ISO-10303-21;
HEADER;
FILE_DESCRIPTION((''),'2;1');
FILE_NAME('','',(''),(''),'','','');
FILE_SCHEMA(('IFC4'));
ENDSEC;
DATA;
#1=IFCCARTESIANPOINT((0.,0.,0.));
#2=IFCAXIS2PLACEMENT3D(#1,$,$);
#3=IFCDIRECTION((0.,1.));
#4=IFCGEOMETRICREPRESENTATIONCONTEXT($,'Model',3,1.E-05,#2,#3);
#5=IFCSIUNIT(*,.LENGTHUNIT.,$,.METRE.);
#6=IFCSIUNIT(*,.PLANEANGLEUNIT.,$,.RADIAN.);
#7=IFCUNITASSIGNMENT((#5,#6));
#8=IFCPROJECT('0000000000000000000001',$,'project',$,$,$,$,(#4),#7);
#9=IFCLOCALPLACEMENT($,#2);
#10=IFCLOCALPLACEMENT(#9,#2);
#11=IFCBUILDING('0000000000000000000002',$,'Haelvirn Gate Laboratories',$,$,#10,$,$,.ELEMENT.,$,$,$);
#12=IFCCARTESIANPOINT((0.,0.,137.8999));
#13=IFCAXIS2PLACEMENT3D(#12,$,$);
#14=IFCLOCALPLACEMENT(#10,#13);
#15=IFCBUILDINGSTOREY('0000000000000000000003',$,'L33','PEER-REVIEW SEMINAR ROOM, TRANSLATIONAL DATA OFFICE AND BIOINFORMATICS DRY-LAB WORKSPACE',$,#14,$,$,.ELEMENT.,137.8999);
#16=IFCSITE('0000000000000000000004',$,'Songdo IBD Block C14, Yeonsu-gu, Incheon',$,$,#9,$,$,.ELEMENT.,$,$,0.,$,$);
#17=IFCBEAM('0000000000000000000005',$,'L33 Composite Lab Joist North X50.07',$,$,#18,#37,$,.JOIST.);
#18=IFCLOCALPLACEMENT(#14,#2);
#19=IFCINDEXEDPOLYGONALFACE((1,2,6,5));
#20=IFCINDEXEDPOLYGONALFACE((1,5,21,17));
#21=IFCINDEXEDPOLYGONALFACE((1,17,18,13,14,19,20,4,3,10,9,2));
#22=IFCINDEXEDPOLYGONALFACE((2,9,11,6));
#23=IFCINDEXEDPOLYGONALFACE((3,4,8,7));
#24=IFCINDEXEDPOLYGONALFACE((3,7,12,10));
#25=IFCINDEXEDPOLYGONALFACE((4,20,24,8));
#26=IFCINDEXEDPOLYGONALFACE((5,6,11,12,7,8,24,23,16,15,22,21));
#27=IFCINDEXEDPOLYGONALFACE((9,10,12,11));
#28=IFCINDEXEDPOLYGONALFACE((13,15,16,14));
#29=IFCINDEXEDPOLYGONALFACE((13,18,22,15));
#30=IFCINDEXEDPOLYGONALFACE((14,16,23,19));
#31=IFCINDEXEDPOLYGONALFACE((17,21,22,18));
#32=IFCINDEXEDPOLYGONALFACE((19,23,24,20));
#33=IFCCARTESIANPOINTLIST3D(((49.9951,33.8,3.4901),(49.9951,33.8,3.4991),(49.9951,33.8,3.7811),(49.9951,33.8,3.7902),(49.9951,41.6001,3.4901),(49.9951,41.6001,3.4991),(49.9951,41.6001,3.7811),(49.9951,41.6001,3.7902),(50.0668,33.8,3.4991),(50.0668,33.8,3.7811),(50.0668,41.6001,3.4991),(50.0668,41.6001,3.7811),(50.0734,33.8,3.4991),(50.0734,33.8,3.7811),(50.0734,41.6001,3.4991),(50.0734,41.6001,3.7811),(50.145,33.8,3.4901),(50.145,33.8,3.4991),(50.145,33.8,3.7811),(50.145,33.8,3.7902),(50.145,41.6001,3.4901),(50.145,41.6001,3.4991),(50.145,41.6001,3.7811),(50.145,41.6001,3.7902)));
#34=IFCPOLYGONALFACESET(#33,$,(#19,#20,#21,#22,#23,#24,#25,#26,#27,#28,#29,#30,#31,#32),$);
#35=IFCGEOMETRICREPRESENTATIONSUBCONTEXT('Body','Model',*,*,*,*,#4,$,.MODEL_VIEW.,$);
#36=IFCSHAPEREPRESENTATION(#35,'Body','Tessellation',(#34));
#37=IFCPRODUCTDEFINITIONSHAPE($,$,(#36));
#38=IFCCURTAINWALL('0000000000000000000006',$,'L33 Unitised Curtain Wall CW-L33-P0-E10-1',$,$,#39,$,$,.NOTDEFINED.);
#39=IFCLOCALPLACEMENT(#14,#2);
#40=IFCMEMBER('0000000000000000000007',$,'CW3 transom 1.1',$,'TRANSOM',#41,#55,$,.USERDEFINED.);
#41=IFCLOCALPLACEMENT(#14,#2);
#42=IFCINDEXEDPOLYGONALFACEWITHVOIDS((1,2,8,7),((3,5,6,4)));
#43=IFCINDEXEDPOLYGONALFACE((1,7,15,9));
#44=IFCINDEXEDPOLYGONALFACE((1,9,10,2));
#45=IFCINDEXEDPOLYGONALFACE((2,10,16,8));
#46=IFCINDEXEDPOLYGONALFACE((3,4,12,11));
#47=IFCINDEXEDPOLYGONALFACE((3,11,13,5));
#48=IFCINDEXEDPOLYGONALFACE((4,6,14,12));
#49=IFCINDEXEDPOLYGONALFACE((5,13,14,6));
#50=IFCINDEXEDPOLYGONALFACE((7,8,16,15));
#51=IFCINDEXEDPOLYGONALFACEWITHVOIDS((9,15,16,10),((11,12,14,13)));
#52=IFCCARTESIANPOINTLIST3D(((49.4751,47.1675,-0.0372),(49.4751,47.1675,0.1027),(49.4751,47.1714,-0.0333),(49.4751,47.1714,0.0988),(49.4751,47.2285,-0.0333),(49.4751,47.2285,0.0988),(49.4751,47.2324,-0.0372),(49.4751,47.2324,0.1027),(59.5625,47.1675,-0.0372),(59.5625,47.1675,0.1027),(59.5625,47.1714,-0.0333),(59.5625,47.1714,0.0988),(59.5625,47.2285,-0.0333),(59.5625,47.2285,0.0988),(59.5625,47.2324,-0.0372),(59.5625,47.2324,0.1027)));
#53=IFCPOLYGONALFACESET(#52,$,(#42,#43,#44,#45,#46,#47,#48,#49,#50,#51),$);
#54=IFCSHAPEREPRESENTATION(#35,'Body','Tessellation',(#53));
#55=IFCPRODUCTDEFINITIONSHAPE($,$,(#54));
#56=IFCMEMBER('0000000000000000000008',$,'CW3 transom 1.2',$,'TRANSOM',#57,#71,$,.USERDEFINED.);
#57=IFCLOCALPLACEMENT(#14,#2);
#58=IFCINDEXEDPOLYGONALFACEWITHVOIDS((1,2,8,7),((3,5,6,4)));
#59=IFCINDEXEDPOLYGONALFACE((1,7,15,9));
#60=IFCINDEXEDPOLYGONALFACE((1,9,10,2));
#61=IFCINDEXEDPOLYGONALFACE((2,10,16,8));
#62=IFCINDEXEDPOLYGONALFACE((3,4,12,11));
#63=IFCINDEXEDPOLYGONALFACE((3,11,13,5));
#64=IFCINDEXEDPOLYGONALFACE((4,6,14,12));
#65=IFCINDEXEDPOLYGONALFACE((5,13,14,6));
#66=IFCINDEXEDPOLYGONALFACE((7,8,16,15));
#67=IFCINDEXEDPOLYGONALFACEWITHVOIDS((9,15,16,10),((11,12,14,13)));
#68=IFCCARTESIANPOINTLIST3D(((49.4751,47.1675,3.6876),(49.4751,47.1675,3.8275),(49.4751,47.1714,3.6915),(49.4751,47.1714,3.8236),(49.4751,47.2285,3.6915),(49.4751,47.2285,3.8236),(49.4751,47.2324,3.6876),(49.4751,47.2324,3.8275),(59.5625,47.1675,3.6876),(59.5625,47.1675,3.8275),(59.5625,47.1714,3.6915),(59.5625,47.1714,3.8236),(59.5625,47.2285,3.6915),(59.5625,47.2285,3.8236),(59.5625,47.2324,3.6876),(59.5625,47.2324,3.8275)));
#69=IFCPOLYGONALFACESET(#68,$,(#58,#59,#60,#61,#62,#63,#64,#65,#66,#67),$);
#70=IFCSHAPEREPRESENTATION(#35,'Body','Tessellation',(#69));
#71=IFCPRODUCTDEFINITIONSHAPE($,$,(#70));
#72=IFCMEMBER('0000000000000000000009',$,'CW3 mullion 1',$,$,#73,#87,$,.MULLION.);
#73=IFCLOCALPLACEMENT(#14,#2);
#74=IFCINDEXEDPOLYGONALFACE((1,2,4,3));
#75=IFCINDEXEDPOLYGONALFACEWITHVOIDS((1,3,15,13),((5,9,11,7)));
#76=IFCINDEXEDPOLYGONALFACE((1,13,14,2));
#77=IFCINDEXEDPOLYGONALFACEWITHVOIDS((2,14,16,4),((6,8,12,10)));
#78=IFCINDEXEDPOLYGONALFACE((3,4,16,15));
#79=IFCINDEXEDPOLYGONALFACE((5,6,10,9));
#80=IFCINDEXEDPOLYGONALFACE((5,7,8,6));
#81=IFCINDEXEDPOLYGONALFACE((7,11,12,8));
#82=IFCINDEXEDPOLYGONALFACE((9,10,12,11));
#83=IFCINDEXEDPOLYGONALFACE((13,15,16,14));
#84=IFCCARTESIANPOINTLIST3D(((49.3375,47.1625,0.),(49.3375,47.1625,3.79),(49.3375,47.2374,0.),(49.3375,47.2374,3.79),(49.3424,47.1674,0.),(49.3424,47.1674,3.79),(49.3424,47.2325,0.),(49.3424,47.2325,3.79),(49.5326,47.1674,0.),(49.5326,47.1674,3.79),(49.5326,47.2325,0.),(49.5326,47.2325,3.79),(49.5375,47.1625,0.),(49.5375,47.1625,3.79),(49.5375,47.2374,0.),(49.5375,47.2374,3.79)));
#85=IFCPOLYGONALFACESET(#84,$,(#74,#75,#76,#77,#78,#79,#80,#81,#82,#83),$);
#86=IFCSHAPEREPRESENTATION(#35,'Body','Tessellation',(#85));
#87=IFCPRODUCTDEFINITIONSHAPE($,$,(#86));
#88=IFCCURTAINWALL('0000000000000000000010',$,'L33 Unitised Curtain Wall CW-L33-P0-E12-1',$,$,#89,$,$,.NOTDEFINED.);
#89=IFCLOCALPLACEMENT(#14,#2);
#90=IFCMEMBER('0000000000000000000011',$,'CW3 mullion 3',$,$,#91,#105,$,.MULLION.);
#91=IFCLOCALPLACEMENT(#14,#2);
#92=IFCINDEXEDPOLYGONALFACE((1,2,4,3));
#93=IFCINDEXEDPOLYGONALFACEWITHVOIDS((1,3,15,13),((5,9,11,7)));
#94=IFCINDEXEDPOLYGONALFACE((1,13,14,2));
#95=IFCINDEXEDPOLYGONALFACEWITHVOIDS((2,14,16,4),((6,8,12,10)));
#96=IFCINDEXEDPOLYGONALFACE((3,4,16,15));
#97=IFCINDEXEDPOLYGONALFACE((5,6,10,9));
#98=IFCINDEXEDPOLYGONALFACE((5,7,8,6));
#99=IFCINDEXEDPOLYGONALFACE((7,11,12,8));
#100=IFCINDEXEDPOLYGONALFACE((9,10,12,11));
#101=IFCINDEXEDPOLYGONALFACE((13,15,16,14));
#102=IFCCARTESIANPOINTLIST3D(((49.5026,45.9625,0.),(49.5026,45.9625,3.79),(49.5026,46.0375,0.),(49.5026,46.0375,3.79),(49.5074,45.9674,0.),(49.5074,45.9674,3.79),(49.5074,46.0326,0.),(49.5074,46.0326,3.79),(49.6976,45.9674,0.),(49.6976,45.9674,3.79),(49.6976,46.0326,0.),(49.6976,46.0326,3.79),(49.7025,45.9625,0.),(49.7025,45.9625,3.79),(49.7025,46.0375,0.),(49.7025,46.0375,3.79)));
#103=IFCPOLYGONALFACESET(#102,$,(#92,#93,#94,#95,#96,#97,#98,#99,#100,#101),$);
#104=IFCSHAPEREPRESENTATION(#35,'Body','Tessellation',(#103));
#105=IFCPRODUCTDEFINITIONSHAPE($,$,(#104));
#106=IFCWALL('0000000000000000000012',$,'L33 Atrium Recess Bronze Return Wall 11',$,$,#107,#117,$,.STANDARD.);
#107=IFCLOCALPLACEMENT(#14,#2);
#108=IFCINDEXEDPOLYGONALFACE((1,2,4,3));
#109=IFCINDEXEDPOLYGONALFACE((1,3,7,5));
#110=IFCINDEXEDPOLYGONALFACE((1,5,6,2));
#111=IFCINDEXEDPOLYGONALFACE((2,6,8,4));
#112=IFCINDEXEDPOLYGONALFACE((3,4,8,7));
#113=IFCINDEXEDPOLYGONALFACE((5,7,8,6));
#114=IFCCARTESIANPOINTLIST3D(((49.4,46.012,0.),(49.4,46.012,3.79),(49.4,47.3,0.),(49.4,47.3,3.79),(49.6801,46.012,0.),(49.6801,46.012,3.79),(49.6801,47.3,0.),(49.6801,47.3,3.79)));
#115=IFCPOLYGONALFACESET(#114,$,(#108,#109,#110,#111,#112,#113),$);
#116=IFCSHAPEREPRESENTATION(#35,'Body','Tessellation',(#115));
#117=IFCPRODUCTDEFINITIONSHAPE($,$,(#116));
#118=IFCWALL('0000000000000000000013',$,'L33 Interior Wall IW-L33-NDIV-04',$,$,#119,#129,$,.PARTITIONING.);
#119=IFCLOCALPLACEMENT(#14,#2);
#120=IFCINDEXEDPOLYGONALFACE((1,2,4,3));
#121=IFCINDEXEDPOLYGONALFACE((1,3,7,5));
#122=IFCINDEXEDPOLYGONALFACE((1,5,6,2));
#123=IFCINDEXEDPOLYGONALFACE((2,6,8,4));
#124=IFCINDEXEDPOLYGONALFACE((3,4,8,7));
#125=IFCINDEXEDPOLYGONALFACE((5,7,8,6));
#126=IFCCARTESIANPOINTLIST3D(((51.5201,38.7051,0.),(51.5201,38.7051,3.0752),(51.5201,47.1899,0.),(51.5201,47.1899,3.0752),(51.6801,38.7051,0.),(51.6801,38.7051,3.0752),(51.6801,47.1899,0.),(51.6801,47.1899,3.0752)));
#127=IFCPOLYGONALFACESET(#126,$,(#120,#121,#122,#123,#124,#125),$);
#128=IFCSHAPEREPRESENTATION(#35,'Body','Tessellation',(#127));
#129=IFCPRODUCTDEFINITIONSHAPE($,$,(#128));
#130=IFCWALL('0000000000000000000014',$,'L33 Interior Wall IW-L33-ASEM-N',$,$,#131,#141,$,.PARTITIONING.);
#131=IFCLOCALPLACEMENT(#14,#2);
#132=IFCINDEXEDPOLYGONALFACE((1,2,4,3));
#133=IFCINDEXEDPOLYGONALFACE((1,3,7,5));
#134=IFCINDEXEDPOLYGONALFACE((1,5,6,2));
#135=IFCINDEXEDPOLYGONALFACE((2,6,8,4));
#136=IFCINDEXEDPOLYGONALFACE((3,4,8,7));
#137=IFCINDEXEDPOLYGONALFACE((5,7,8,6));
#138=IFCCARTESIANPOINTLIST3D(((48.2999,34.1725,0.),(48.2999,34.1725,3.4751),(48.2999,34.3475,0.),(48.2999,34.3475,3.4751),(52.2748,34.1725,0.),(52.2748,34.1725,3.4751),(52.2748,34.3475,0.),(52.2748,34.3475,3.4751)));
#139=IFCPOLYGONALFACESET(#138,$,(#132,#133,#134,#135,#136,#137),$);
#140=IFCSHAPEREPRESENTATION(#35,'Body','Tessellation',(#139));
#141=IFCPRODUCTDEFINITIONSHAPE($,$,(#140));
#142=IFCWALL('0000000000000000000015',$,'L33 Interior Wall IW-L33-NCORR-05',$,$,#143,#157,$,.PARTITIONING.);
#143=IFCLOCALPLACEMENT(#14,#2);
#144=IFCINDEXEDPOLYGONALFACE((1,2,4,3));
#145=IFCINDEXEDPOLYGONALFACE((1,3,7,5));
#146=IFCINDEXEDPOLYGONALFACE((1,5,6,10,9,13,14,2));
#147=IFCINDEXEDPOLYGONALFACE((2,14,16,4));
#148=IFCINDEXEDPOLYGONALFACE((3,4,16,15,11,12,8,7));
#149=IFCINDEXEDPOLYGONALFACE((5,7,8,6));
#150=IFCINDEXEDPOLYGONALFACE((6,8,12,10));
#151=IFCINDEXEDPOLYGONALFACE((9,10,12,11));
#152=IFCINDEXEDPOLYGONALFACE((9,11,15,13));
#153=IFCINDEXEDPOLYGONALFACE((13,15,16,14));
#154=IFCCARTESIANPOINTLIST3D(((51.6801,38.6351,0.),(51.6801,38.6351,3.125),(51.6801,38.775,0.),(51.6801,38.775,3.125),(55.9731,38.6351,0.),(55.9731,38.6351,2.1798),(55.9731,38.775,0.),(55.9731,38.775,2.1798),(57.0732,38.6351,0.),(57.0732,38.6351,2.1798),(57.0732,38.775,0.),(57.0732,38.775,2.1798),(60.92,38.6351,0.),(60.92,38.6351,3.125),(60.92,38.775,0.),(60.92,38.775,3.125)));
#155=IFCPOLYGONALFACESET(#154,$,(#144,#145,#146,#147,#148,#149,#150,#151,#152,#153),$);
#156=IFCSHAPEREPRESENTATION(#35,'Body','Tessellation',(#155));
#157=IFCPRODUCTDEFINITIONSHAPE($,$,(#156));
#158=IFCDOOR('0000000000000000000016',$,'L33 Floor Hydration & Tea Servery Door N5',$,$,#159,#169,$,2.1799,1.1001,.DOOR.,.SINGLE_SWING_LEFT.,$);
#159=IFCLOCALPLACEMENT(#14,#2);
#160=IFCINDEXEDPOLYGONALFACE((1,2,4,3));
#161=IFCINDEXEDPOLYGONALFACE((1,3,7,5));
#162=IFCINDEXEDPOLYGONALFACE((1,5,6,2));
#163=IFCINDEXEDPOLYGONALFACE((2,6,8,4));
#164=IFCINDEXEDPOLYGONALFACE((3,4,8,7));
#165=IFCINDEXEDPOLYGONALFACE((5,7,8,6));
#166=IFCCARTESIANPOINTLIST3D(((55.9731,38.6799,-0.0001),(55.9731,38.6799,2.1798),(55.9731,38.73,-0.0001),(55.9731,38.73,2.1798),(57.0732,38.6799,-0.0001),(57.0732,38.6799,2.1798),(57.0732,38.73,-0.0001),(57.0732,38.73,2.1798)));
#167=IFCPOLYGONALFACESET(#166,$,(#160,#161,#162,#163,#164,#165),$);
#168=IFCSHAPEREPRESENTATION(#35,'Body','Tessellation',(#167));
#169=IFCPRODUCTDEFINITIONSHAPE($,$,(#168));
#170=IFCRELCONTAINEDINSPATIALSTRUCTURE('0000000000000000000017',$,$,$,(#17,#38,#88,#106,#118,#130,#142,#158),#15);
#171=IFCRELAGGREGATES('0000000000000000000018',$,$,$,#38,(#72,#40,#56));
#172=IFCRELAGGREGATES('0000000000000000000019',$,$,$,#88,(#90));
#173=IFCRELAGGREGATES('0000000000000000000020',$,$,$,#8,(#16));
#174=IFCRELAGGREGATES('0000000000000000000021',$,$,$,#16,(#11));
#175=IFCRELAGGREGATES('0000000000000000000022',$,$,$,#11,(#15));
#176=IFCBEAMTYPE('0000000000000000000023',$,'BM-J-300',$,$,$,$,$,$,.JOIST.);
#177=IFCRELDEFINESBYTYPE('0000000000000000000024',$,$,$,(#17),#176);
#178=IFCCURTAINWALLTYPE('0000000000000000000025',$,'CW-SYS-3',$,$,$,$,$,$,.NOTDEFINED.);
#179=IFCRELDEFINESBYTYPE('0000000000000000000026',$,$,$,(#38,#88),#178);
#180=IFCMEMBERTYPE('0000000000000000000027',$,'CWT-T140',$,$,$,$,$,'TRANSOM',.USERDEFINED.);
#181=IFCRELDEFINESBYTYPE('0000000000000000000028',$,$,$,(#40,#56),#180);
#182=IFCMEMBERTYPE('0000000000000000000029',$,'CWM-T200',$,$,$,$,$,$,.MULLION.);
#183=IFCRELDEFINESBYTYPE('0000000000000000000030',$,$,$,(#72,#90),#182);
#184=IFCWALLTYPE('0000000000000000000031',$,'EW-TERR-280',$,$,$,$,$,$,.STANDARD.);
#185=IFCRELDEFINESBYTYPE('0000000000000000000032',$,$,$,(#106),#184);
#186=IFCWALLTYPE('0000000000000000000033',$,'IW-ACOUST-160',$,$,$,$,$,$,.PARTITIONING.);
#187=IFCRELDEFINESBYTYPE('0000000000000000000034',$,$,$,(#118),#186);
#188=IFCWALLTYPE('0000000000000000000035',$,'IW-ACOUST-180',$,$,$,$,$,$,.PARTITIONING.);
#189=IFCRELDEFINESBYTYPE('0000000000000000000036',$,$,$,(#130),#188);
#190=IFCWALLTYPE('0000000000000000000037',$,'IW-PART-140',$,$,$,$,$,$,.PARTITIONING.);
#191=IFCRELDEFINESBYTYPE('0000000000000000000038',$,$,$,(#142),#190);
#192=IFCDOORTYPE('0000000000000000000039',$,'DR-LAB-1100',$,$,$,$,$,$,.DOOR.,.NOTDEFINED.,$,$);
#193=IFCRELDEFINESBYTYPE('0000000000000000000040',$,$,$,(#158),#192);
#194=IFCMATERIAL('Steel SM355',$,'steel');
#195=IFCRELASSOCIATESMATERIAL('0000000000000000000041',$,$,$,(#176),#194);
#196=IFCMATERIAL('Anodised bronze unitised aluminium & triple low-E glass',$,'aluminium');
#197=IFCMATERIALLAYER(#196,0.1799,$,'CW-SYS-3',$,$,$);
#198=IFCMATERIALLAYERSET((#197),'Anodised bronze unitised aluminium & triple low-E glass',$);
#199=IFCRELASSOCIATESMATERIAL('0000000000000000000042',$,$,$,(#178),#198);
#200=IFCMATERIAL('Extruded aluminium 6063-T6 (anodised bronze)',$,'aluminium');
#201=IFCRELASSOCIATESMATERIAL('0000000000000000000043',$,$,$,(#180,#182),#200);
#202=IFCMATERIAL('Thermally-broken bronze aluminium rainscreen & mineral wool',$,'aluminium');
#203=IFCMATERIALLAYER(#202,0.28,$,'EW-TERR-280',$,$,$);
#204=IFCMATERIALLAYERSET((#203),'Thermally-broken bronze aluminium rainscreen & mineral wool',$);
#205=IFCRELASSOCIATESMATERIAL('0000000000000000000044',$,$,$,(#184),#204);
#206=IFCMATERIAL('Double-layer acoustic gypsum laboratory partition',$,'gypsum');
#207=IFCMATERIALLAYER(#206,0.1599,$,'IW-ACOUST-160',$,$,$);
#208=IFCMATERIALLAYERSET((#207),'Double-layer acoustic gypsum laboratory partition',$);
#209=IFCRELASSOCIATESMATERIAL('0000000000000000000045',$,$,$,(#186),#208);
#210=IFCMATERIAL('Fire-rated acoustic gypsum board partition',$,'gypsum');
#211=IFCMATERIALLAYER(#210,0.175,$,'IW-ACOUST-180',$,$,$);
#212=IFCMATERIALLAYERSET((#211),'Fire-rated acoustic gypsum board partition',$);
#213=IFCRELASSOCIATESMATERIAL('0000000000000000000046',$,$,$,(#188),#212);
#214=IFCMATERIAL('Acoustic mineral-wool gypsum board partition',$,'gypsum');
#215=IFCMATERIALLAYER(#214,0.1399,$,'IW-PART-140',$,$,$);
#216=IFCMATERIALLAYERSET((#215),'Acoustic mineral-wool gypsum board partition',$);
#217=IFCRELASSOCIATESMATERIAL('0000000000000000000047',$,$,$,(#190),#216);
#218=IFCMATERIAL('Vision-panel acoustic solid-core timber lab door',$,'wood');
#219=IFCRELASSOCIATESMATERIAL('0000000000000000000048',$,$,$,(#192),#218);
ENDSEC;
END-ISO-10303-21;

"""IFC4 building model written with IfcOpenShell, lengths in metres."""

from ifc_helpers import new_model, si_unit, direction, frame, frame_2d, origin, origin_2d, place, context, subcontext, project, spatial, rectangle, hollow_rectangle, i_section, extrude, source, transform, mapped, material, layer, layer_set, material_profile, profile_set, type_object, type_shapes, element, fill, aggregate, save


model = new_model("IFC4")

# Units and contexts
model_context = context("Model", 3, precision=1e-05, world=origin(), true_north=direction((0.0, 1.0)))
body_context = subcontext(model_context, "Body", "Model", "MODEL_VIEW")
ifc_project = project(units=[si_unit("LENGTHUNIT", "METRE"), si_unit("PLANEANGLEUNIT", "RADIAN")], contexts=[model_context])

# Site, building, storey
site_placement = place(None, origin())
site = spatial("IfcSite", under=ifc_project, at=site_placement, Name="Songdo IBD Block C14, Yeonsu-gu, Incheon", CompositionType="ELEMENT", RefElevation=0.0)
building_placement = place(site_placement, origin())
building = spatial("IfcBuilding", under=site, at=building_placement, Name="Haelvirn Gate Laboratories", CompositionType="ELEMENT")
storey_placement = place(building_placement, frame((0.0, 0.0, 137.8999)))
storey = spatial("IfcBuildingStorey", under=building, at=storey_placement, Name="L33", Description="PEER-REVIEW SEMINAR ROOM, TRANSLATIONAL DATA OFFICE AND BIOINFORMATICS DRY-LAB WORKSPACE", CompositionType="ELEMENT", Elevation=137.8999)

# Shared definitions
ifc_material_1 = material(Name="Steel SM355", Category="steel")

# Beam
ifc_material_profile_1 = material_profile(ifc_material_1, i_section(OverallWidth=0.1499, OverallDepth=0.3, WebThickness=0.0066, FlangeThickness=0.009, at=origin_2d()), Name="H-300x150x6.5x9")
ifc_profile_set_1 = profile_set([ifc_material_profile_1], Name="Steel SM355")
beam_type_1 = type_object("IfcBeamType", Name="BM-J-300", PredefinedType="JOIST", material=ifc_profile_set_1)
shared_shape_1 = source(origin(), body_context, "Body", "SweptSolid", [
    extrude(i_section(OverallWidth=0.1499, OverallDepth=0.3, WebThickness=0.0066, FlangeThickness=0.009, at=origin_2d()), origin(), (0.0, 0.0, 1.0), 7.8),
])
type_shapes(beam_type_1, [shared_shape_1])
for number, where, z_axis, x_axis, name in (
    (1, (50.0701, 33.8, 3.6401), (0.0, 1.0, 0.0), (-1.0, 0.0, 0.0), "L33 Composite Lab Joist North X50.07"),
):
    element("IfcBeam", number, at=place(storey_placement, frame(where, z_axis=z_axis, x_axis=x_axis)), inside=storey, type_object=beam_type_1, Name=name, PredefinedType="JOIST", context=body_context, shape_type="MappedRepresentation", body=[
        mapped(shared_shape_1, transform((0.0, 0.0, 0.0), scale=1.0)),
    ])

# Curtain wall, members
ifc_material_2 = material(Name="Anodised bronze unitised aluminium & triple low-E glass", Category="aluminium")
ifc_layer_1 = layer(ifc_material_2, 0.1799, Name="CW-SYS-3")
ifc_layer_set_1 = layer_set([ifc_layer_1], Name="Anodised bronze unitised aluminium & triple low-E glass")
curtain_wall_type = type_object("IfcCurtainWallType", Name="CW-SYS-3", PredefinedType="NOTDEFINED", material=ifc_layer_set_1)
curtain_wall_1_placement = place(storey_placement, origin())
curtain_wall_1 = element("IfcCurtainWall", 2, at=curtain_wall_1_placement, inside=storey, type_object=curtain_wall_type, Name="L33 Unitised Curtain Wall CW-L33-P0-E10-1", PredefinedType="NOTDEFINED")
ifc_material_3 = material(Name="Extruded aluminium 6063-T6 (anodised bronze)", Category="aluminium")
ifc_material_profile_2 = material_profile(ifc_material_3, hollow_rectangle(XDim=0.0649, YDim=0.1399, WallThickness=0.0039, at=origin_2d()), Name="CWT-140x65x4")
ifc_profile_set_2 = profile_set([ifc_material_profile_2], Name="Extruded aluminium 6063-T6 (anodised bronze)")
member_type_1 = type_object("IfcMemberType", Name="CWT-T140", ElementType="TRANSOM", PredefinedType="USERDEFINED", material=ifc_profile_set_2)
shared_shape_2 = source(origin(), body_context, "Body", "SweptSolid", [
    extrude(hollow_rectangle(XDim=0.0649, YDim=0.1399, WallThickness=0.0039, at=origin_2d()), origin(), (0.0, 0.0, 1.0), 10.0874),
])
type_shapes(member_type_1, [shared_shape_2])
member_1_placement = place(storey_placement, frame((49.4751, 47.2, 0.0327), z_axis=(1.0, 0.0, 0.0), x_axis=(0.0, 1.0, 0.0)))
member_1 = element("IfcMember", 3, at=member_1_placement, type_object=member_type_1, Name="CW3 transom 1.1", ObjectType="TRANSOM", PredefinedType="USERDEFINED", context=body_context, shape_type="MappedRepresentation", body=[
    mapped(shared_shape_2, transform((0.0, 0.0, 0.0), scale=1.0)),
])
member_2_placement = place(storey_placement, frame((49.4751, 47.2, 3.7576), z_axis=(1.0, 0.0, 0.0), x_axis=(0.0, 1.0, 0.0)))
member_2 = element("IfcMember", 4, at=member_2_placement, type_object=member_type_1, Name="CW3 transom 1.2", ObjectType="TRANSOM", PredefinedType="USERDEFINED", context=body_context, shape_type="MappedRepresentation", body=[
    mapped(shared_shape_2, transform((0.0, 0.0, 0.0), scale=1.0)),
])
ifc_material_profile_3 = material_profile(ifc_material_3, hollow_rectangle(XDim=0.075, YDim=0.2, WallThickness=0.0049, at=origin_2d()), Name="CWM-200x75x5")
ifc_profile_set_3 = profile_set([ifc_material_profile_3], Name="Extruded aluminium 6063-T6 (anodised bronze)")
member_type_2 = type_object("IfcMemberType", Name="CWM-T200", PredefinedType="MULLION", material=ifc_profile_set_3)
shared_shape_3 = source(origin(), body_context, "Body", "SweptSolid", [
    extrude(hollow_rectangle(XDim=0.075, YDim=0.2, WallThickness=0.0049, at=origin_2d()), origin(), (0.0, 0.0, 1.0), 3.79),
])
type_shapes(member_type_2, [shared_shape_3])
member_3_placement = place(storey_placement, frame((49.4375, 47.2, 0.0), z_axis=(0.0, 0.0, 1.0), x_axis=(0.0, 1.0, 0.0)))
member_3 = element("IfcMember", 5, at=member_3_placement, type_object=member_type_2, Name="CW3 mullion 1", PredefinedType="MULLION", context=body_context, shape_type="MappedRepresentation", body=[
    mapped(shared_shape_3, transform((0.0, 0.0, 0.0), scale=1.0)),
])
aggregate(curtain_wall_1, [member_3, member_1, member_2])

# Curtain wall, member
curtain_wall_2_placement = place(storey_placement, origin())
curtain_wall_2 = element("IfcCurtainWall", 6, at=curtain_wall_2_placement, inside=storey, type_object=curtain_wall_type, Name="L33 Unitised Curtain Wall CW-L33-P0-E12-1", PredefinedType="NOTDEFINED")
member_4_placement = place(storey_placement, frame((49.6025, 46.0, 0.0), z_axis=(0.0, 0.0, 1.0), x_axis=(0.0, 1.0, 0.0)))
member_4 = element("IfcMember", 7, at=member_4_placement, type_object=member_type_2, Name="CW3 mullion 3", PredefinedType="MULLION", context=body_context, shape_type="MappedRepresentation", body=[
    mapped(shared_shape_3, transform((0.0, 0.0, 0.0), scale=1.0)),
])
aggregate(curtain_wall_2, [member_4])

# Walls
ifc_material_4 = material(Name="Thermally-broken bronze aluminium rainscreen & mineral wool", Category="aluminium")
ifc_layer_2 = layer(ifc_material_4, 0.28, Name="EW-TERR-280")
ifc_layer_set_2 = layer_set([ifc_layer_2], Name="Thermally-broken bronze aluminium rainscreen & mineral wool")
wall_type_1 = type_object("IfcWallType", Name="EW-TERR-280", PredefinedType="STANDARD", material=ifc_layer_set_2)
wall_1_placement = place(storey_placement, frame((49.54, 47.3, 0.0), z_axis=(0.0, 0.0, 1.0), x_axis=(0.0, -1.0, 0.0)))
element("IfcWall", 8, at=wall_1_placement, inside=storey, type_object=wall_type_1, Name="L33 Atrium Recess Bronze Return Wall 11", PredefinedType="STANDARD", context=body_context, shape_type="SweptSolid", body=[
    extrude(rectangle(XDim=1.2881, YDim=0.28, at=frame_2d((0.644, 0.0))), origin(), (0.0, 0.0, 1.0), 3.79),
])
ifc_material_5 = material(Name="Double-layer acoustic gypsum laboratory partition", Category="gypsum")
ifc_layer_3 = layer(ifc_material_5, 0.1599, Name="IW-ACOUST-160")
ifc_layer_set_3 = layer_set([ifc_layer_3], Name="Double-layer acoustic gypsum laboratory partition")
wall_type_2 = type_object("IfcWallType", Name="IW-ACOUST-160", PredefinedType="PARTITIONING", material=ifc_layer_set_3)
wall_2_placement = place(storey_placement, frame((51.6001, 38.7051, 0.0), z_axis=(0.0, 0.0, 1.0), x_axis=(0.0, 1.0, 0.0)))
element("IfcWall", 9, at=wall_2_placement, inside=storey, type_object=wall_type_2, Name="L33 Interior Wall IW-L33-NDIV-04", PredefinedType="PARTITIONING", context=body_context, shape_type="SweptSolid", body=[
    extrude(rectangle(XDim=8.4849, YDim=0.1599, at=frame_2d((4.2424, 0.0))), origin(), (0.0, 0.0, 1.0), 3.0752),
])
ifc_material_6 = material(Name="Fire-rated acoustic gypsum board partition", Category="gypsum")
ifc_layer_4 = layer(ifc_material_6, 0.175, Name="IW-ACOUST-180")
ifc_layer_set_4 = layer_set([ifc_layer_4], Name="Fire-rated acoustic gypsum board partition")
wall_type_3 = type_object("IfcWallType", Name="IW-ACOUST-180", PredefinedType="PARTITIONING", material=ifc_layer_set_4)
wall_3_placement = place(storey_placement, frame((48.3, 34.26, 0.0), z_axis=(0.0, 0.0, 1.0), x_axis=(1.0, 0.0, 0.0)))
element("IfcWall", 10, at=wall_3_placement, inside=storey, type_object=wall_type_3, Name="L33 Interior Wall IW-L33-ASEM-N", PredefinedType="PARTITIONING", context=body_context, shape_type="SweptSolid", body=[
    extrude(rectangle(XDim=3.9749, YDim=0.175, at=frame_2d((1.9873, 0.0))), origin(), (0.0, 0.0, 1.0), 3.4751),
])

# Wall, opening, door
ifc_material_7 = material(Name="Acoustic mineral-wool gypsum board partition", Category="gypsum")
ifc_layer_5 = layer(ifc_material_7, 0.1399, Name="IW-PART-140")
ifc_layer_set_5 = layer_set([ifc_layer_5], Name="Acoustic mineral-wool gypsum board partition")
wall_type_4 = type_object("IfcWallType", Name="IW-PART-140", PredefinedType="PARTITIONING", material=ifc_layer_set_5)
wall_4_placement = place(storey_placement, frame((51.6799, 38.7051, 0.0), z_axis=(0.0, 0.0, 1.0), x_axis=(1.0, 0.0, 0.0)))
wall_4 = element("IfcWall", 11, at=wall_4_placement, inside=storey, type_object=wall_type_4, Name="L33 Interior Wall IW-L33-NCORR-05", PredefinedType="PARTITIONING", context=body_context, shape_type="SweptSolid", body=[
    extrude(rectangle(XDim=9.24, YDim=0.1399, at=frame_2d((4.6201, 0.0))), origin(), (0.0, 0.0, 1.0), 3.125),
])
opening_1_placement = place(wall_4_placement, frame((4.2932, 0.0, 0.0)))
opening_1 = element("IfcOpeningElement", 12, at=opening_1_placement, cuts=wall_4, PredefinedType="OPENING", context=body_context, shape_type="SweptSolid", body=[
    extrude(rectangle(XDim=1.1001, YDim=2.1799, at=frame_2d((0.55, 1.0898))), frame((0.0, 0.0801, 0.0), z_axis=(0.0, -1.0, 0.0), x_axis=(1.0, 0.0, 0.0)), (0.0, 0.0, 1.0), 0.1599),
])
ifc_material_8 = material(Name="Vision-panel acoustic solid-core timber lab door", Category="wood")
door_type_1 = type_object("IfcDoorType", Name="DR-LAB-1100", OperationType="NOTDEFINED", PredefinedType="DOOR", material=ifc_material_8)
shared_shape_4 = source(origin(), body_context, "Body", "SweptSolid", [
    extrude(rectangle(XDim=1.1001, YDim=2.1799, at=frame_2d((0.55, 1.0898))), frame((0.0, 0.0249, 0.0), z_axis=(0.0, -1.0, 0.0), x_axis=(1.0, 0.0, 0.0)), (0.0, 0.0, 1.0), 0.05),
])
type_shapes(door_type_1, [shared_shape_4])
door_1_placement = place(opening_1_placement, origin())
door_1 = element("IfcDoor", 13, at=door_1_placement, inside=storey, type_object=door_type_1, Name="L33 Floor Hydration & Tea Servery Door N5", OperationType="SINGLE_SWING_LEFT", OverallHeight=2.1799, OverallWidth=1.1001, PredefinedType="DOOR", context=body_context, shape_type="MappedRepresentation", body=[
    mapped(shared_shape_4, transform((0.0, 0.0, 0.0), scale=1.0)),
])
fill(opening_1, door_1)

save(model, "model.ifc")
